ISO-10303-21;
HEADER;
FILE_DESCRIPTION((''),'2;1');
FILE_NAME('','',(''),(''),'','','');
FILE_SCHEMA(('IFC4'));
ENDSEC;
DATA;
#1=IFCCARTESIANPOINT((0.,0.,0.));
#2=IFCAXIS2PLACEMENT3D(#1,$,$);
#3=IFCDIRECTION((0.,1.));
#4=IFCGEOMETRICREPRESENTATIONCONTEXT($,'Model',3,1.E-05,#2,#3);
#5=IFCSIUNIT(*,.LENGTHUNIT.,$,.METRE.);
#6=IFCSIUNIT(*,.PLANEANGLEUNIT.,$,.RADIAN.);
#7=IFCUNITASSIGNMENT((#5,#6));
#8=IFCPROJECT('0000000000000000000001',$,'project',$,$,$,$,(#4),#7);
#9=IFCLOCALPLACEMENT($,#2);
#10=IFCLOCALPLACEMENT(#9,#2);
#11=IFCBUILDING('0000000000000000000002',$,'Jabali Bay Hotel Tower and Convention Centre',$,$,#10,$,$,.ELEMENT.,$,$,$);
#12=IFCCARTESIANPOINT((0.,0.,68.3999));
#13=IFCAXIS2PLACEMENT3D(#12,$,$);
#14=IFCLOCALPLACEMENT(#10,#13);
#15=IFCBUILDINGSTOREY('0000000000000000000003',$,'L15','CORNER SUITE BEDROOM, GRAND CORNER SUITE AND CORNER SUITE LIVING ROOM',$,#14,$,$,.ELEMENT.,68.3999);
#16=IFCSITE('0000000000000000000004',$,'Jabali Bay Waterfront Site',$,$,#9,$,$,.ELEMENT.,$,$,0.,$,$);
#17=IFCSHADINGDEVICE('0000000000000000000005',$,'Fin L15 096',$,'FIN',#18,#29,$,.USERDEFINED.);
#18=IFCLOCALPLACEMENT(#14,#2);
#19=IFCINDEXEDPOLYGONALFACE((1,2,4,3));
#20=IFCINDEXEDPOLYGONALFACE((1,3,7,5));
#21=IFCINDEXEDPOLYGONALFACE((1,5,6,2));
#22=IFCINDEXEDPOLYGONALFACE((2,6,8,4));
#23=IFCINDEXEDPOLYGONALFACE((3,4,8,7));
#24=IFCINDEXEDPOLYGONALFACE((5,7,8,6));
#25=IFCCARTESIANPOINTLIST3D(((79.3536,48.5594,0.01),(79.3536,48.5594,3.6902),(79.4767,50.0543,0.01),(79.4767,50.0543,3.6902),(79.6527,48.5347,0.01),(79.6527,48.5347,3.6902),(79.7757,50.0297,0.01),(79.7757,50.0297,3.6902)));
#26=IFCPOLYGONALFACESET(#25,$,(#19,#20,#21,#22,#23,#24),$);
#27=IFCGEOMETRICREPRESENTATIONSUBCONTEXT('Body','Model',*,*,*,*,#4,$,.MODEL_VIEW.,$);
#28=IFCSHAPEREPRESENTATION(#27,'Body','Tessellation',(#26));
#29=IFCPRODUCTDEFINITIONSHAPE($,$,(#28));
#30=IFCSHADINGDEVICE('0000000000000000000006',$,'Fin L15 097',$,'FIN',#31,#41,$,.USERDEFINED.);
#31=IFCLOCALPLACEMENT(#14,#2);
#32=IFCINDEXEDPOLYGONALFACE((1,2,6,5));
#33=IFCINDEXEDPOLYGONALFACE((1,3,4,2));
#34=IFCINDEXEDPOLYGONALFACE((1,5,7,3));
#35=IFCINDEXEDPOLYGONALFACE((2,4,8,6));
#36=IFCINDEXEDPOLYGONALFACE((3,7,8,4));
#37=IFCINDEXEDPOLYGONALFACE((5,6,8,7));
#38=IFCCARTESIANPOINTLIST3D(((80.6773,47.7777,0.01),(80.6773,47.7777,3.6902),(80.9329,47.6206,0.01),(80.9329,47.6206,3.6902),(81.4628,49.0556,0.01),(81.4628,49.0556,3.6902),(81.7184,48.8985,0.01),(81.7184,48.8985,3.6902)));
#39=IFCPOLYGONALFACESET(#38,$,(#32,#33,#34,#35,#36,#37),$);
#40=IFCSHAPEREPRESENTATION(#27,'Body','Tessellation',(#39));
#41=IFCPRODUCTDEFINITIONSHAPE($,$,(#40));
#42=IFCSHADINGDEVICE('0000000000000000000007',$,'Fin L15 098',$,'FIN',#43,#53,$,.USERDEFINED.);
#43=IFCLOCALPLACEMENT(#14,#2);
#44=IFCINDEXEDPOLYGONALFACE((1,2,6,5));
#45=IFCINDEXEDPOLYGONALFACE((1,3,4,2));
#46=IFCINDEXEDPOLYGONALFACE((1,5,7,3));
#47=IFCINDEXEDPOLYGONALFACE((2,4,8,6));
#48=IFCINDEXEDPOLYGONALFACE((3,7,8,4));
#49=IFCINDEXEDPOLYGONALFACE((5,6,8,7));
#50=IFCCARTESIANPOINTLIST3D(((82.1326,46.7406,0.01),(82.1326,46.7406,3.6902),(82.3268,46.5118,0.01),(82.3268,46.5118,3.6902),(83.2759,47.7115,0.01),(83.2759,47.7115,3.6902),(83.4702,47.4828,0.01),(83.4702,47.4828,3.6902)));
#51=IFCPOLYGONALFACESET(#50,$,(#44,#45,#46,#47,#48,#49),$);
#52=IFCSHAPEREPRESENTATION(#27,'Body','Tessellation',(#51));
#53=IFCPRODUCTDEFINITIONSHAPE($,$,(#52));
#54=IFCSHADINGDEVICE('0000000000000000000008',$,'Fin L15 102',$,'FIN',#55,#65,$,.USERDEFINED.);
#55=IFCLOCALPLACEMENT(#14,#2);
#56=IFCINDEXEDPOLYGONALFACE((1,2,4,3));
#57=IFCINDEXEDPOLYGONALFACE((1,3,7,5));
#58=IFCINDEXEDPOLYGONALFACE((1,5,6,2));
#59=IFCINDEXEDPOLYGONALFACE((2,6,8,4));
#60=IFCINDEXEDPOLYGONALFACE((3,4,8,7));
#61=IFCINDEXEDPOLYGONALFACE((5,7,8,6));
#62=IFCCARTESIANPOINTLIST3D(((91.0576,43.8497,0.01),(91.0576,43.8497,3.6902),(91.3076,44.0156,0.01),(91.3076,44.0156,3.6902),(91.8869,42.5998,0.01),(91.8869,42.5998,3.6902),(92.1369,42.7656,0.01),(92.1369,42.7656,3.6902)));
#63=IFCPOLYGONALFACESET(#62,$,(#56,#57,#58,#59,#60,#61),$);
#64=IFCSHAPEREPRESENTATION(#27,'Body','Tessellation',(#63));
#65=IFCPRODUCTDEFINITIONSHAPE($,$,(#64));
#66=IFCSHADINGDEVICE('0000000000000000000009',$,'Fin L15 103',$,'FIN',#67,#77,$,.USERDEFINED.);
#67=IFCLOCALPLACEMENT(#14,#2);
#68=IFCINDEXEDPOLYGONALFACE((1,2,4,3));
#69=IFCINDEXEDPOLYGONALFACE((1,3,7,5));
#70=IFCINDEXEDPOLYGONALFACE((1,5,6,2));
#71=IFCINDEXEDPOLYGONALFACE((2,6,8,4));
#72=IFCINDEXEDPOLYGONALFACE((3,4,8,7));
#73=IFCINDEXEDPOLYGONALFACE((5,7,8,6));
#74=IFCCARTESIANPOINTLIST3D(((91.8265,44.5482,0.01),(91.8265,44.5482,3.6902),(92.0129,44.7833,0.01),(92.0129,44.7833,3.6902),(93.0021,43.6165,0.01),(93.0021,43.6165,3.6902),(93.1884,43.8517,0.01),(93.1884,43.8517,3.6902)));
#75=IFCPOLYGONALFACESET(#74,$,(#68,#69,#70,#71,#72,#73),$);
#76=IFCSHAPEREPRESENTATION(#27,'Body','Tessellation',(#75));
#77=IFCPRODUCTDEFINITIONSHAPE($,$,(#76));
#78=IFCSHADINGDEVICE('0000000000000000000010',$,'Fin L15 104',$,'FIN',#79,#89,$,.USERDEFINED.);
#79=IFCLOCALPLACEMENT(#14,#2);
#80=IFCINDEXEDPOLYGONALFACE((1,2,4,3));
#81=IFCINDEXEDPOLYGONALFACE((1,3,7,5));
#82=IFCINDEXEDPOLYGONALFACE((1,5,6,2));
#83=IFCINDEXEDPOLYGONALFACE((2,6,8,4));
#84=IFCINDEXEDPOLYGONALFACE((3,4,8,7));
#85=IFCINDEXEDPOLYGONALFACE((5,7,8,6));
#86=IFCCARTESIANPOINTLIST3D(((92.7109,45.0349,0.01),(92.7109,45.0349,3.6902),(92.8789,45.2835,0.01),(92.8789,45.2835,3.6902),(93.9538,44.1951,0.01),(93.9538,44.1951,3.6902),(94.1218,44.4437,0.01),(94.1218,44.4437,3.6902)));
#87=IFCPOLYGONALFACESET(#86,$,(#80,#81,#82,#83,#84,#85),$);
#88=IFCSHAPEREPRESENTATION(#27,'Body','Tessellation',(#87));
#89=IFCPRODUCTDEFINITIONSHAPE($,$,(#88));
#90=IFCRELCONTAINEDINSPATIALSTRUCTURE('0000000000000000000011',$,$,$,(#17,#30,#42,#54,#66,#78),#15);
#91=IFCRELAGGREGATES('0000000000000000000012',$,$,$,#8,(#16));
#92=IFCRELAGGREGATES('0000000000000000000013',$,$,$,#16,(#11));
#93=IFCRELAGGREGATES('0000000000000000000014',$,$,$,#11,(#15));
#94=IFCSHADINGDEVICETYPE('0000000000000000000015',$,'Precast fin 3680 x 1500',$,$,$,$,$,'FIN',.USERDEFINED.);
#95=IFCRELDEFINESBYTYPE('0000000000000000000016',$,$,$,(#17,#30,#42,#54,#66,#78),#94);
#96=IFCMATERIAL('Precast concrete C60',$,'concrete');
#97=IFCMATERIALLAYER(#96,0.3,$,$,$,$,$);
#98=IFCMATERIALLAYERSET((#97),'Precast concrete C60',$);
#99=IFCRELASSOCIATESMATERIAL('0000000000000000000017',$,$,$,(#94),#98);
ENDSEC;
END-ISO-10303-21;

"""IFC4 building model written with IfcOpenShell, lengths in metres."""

from ifc_helpers import new_model, si_unit, direction, frame, frame_2d, origin, place, context, subcontext, project, spatial, rectangle, extrude, material, layer, layer_set, type_object, element, save


model = new_model("IFC4")

# Units and contexts
model_context = context("Model", 3, precision=1e-05, world=origin(), true_north=direction((0.0, 1.0)))
body_context = subcontext(model_context, "Body", "Model", "MODEL_VIEW")
ifc_project = project(units=[si_unit("LENGTHUNIT", "METRE"), si_unit("PLANEANGLEUNIT", "RADIAN")], contexts=[model_context])

# Site, building, storey
site_placement = place(None, origin())
site = spatial("IfcSite", under=ifc_project, at=site_placement, Name="Jabali Bay Waterfront Site", CompositionType="ELEMENT", RefElevation=0.0)
building_placement = place(site_placement, origin())
building = spatial("IfcBuilding", under=site, at=building_placement, Name="Jabali Bay Hotel Tower and Convention Centre", CompositionType="ELEMENT")
storey_placement = place(building_placement, frame((0.0, 0.0, 68.3999)))
storey = spatial("IfcBuildingStorey", under=building, at=storey_placement, Name="L15", Description="CORNER SUITE BEDROOM, GRAND CORNER SUITE AND CORNER SUITE LIVING ROOM", CompositionType="ELEMENT", Elevation=68.3999)

# Shading devices
ifc_material_1 = material(Name="Precast concrete C60", Category="concrete")
ifc_layer_1 = layer(ifc_material_1, 0.3)
ifc_layer_set_1 = layer_set([ifc_layer_1], Name="Precast concrete C60")
shading_device_type_1 = type_object("IfcShadingDeviceType", Name="Precast fin 3680 x 1500", ElementType="FIN", PredefinedType="USERDEFINED", material=ifc_layer_set_1)
for number, where, z_axis, x_axis, name in (
    (1, (79.6262, 50.042, 0.01), (0.0, 0.0, 1.0), (-0.082035, -0.996629, 0.0), "Fin L15 096"),
    (2, (81.5906, 48.9771, 0.01), (0.0, 0.0, 1.0), (-0.523634, -0.851943, 0.0), "Fin L15 097"),
    (3, (83.373, 47.5972, 0.01), (0.0, 0.0, 1.0), (-0.762224, -0.647313, 0.0), "Fin L15 098"),
    (4, (91.1826, 43.9326, 0.01), (0.0, 0.0, 1.0), (0.552859, -0.833275, 0.0), "Fin L15 102"),
    (5, (91.9197, 44.6658, 0.01), (0.0, 0.0, 1.0), (0.783719, -0.621116, 0.0), "Fin L15 103"),
    (6, (92.7949, 45.1592, 0.01), (0.0, 0.0, 1.0), (0.828579, -0.559873, 0.0), "Fin L15 104"),
):
    element("IfcShadingDevice", number, at=place(storey_placement, frame(where, z_axis=z_axis, x_axis=x_axis)), inside=storey, type_object=shading_device_type_1, Name=name, ObjectType="FIN", PredefinedType="USERDEFINED", context=body_context, shape_type="SweptSolid", body=[
        extrude(rectangle(XDim=1.5, YDim=0.3, at=frame_2d((0.75, 0.0))), origin(), (0.0, 0.0, 1.0), 3.6802),
    ])

save(model, "model.ifc")
